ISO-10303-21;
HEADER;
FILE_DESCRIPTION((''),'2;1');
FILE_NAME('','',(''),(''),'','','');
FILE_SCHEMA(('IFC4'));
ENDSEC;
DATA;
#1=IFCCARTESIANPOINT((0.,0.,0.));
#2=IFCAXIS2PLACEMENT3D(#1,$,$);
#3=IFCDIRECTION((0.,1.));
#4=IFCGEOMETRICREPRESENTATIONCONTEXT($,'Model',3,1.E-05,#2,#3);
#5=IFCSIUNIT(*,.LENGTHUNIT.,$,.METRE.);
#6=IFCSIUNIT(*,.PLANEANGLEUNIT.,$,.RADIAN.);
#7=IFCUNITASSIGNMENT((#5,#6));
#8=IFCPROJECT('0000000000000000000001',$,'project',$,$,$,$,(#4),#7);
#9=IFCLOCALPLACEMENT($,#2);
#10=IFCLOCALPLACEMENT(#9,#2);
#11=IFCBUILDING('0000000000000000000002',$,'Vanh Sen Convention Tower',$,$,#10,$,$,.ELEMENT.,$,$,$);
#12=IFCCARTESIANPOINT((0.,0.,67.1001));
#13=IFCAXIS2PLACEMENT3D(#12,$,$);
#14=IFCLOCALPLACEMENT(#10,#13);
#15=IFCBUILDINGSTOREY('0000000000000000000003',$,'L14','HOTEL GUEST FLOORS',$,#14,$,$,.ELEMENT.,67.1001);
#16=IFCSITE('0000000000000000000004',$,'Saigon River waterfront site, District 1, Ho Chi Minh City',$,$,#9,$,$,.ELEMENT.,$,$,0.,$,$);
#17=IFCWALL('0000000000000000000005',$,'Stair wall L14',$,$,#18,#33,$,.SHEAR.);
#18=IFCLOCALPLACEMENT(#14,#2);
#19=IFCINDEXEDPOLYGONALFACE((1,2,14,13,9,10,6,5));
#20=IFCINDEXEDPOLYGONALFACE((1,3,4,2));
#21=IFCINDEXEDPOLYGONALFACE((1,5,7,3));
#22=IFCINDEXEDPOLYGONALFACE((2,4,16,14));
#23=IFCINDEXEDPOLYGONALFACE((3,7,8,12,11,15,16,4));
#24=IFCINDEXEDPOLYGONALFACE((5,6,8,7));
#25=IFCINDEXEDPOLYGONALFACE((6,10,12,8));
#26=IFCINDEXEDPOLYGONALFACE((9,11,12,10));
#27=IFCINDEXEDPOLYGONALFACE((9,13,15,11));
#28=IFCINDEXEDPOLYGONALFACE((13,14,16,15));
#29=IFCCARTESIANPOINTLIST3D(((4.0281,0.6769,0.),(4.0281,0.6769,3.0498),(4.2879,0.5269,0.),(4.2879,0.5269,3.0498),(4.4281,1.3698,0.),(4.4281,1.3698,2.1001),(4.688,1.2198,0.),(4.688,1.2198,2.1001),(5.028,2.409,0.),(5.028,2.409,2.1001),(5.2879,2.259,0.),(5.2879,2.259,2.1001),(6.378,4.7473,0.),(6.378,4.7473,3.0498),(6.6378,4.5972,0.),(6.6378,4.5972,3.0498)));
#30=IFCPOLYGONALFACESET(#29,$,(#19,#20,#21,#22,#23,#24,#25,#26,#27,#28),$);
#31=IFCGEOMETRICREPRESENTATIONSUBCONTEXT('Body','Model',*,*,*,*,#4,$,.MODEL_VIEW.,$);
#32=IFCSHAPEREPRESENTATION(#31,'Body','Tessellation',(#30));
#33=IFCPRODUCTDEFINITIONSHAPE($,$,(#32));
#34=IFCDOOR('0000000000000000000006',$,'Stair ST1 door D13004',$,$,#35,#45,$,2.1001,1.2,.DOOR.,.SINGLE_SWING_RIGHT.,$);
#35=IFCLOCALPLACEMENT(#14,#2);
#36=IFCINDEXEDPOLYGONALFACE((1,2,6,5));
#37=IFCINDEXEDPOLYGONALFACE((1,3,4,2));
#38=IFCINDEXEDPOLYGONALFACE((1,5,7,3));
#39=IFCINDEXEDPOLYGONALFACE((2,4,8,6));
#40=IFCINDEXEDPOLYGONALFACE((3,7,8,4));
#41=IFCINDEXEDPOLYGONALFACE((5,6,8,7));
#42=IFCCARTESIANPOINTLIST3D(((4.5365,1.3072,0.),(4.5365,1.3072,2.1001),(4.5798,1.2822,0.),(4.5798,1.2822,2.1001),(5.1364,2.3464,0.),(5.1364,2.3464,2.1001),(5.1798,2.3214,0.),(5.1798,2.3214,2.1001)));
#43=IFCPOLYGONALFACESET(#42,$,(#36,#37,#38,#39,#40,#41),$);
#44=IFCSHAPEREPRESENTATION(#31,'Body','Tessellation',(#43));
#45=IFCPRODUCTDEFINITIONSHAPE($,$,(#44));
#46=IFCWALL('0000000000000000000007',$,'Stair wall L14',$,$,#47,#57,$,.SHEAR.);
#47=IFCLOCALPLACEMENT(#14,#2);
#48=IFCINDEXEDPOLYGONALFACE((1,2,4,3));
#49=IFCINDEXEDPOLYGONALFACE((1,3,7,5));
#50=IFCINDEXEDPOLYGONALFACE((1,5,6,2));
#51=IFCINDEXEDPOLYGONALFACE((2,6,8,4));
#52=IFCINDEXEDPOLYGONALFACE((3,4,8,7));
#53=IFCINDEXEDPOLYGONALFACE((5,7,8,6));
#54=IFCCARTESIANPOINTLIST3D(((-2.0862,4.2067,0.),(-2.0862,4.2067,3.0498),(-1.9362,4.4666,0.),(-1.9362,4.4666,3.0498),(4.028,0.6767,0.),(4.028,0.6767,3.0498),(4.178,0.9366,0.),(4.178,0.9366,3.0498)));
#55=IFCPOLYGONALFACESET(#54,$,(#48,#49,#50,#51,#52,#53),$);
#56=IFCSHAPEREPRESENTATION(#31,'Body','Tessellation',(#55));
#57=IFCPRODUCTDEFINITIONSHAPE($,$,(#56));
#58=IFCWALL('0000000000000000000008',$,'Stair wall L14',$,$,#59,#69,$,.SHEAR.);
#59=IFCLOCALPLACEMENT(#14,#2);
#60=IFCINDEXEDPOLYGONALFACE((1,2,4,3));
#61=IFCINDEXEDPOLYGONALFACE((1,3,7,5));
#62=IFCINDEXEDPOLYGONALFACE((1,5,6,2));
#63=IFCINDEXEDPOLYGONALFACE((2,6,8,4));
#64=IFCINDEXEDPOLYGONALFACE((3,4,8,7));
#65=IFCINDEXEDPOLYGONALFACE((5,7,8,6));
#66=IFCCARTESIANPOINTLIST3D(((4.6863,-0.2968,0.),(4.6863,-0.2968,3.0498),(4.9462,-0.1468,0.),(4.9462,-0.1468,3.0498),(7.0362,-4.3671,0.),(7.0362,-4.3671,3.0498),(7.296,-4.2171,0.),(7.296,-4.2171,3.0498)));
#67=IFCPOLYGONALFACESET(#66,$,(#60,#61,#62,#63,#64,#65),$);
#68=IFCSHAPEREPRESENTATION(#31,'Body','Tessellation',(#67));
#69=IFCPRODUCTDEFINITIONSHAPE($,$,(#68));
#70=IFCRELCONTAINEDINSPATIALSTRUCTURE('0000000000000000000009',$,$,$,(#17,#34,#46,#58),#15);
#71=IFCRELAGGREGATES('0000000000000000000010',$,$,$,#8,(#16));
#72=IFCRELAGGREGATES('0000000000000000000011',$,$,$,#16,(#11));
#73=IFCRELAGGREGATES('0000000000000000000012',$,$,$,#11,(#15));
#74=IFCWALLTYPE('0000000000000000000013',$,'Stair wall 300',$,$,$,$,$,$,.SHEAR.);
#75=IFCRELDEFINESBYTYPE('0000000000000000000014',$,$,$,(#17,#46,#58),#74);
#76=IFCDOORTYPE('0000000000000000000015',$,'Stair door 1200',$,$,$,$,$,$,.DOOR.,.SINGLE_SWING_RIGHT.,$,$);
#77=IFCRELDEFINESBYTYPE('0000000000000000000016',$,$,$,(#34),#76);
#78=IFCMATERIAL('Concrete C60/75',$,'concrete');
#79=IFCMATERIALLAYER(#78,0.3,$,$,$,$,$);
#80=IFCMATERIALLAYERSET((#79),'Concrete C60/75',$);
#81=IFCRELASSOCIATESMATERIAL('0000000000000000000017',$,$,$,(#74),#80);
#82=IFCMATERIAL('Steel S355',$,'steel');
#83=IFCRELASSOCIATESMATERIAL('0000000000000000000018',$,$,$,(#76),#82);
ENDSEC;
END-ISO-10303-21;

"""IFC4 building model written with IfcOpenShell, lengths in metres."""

from ifc_helpers import new_model, si_unit, direction, frame, frame_2d, origin, place, context, subcontext, project, spatial, rectangle, extrude, material, layer, layer_set, type_object, element, fill, save


model = new_model("IFC4")

# Units and contexts
model_context = context("Model", 3, precision=1e-05, world=origin(), true_north=direction((0.0, 1.0)))
body_context = subcontext(model_context, "Body", "Model", "MODEL_VIEW")
ifc_project = project(units=[si_unit("LENGTHUNIT", "METRE"), si_unit("PLANEANGLEUNIT", "RADIAN")], contexts=[model_context])

# Site, building, storey
site_placement = place(None, origin())
site = spatial("IfcSite", under=ifc_project, at=site_placement, Name="Saigon River waterfront site, District 1, Ho Chi Minh City", CompositionType="ELEMENT", RefElevation=0.0)
building_placement = place(site_placement, origin())
building = spatial("IfcBuilding", under=site, at=building_placement, Name="Vanh Sen Convention Tower", CompositionType="ELEMENT")
storey_placement = place(building_placement, frame((0.0, 0.0, 67.1001)))
storey = spatial("IfcBuildingStorey", under=building, at=storey_placement, Name="L14", Description="HOTEL GUEST FLOORS", CompositionType="ELEMENT", Elevation=67.1001)

# Shared definitions
ifc_material_1 = material(Name="Steel S355", Category="steel")

# Wall, opening, door
ifc_material_2 = material(Name="Concrete C60/75", Category="concrete")
ifc_layer_1 = layer(ifc_material_2, 0.3)
ifc_layer_set_1 = layer_set([ifc_layer_1], Name="Concrete C60/75")
wall_type_1 = type_object("IfcWallType", Name="Stair wall 300", PredefinedType="SHEAR", material=ifc_layer_set_1)
wall_1_placement = place(storey_placement, frame((4.158, 0.6018, 0.0), z_axis=(0.0, 0.0, 1.0), x_axis=(0.499977, 0.866039, 0.0)))
wall_1 = element("IfcWall", 1, at=wall_1_placement, inside=storey, type_object=wall_type_1, Name="Stair wall L14", PredefinedType="SHEAR", context=body_context, shape_type="SweptSolid", body=[
    extrude(rectangle(XDim=4.7, YDim=0.3, at=frame_2d((2.3501, 0.0))), origin(), (0.0, 0.0, 1.0), 3.0498),
])
opening_1_placement = place(wall_1_placement, frame((0.8, 0.0, 0.0)))
opening_1 = element("IfcOpeningElement", 2, at=opening_1_placement, cuts=wall_1, PredefinedType="OPENING", context=body_context, shape_type="SweptSolid", body=[
    extrude(rectangle(XDim=1.2, YDim=2.1001, at=frame_2d((0.6001, 1.05))), frame((0.0, 0.1599, 0.0), z_axis=(0.0, -1.0, 0.0), x_axis=(1.0, 0.0, 0.0)), (0.0, 0.0, 1.0), 0.3201),
])
door_type_1 = type_object("IfcDoorType", Name="Stair door 1200", OperationType="SINGLE_SWING_RIGHT", PredefinedType="DOOR", material=ifc_material_1)
door_1_placement = place(opening_1_placement, origin())
door_1 = element("IfcDoor", 3, at=door_1_placement, inside=storey, type_object=door_type_1, Name="Stair ST1 door D13004", OperationType="SINGLE_SWING_RIGHT", OverallHeight=2.1001, OverallWidth=1.2, PredefinedType="DOOR", context=body_context, shape_type="SweptSolid", body=[
    extrude(rectangle(XDim=1.2, YDim=2.1001, at=frame_2d((0.6001, 1.05))), frame((0.0, 0.0249, 0.0), z_axis=(0.0, -1.0, 0.0), x_axis=(1.0, 0.0, 0.0)), (0.0, 0.0, 1.0), 0.05),
])
fill(opening_1, door_1)

# Walls
wall_2_placement = place(storey_placement, frame((4.103, 0.8066, 0.0), z_axis=(0.0, 0.0, 1.0), x_axis=(-0.866028, 0.499996, 0.0)))
element("IfcWall", 4, at=wall_2_placement, inside=storey, type_object=wall_type_1, Name="Stair wall L14", PredefinedType="SHEAR", context=body_context, shape_type="SweptSolid", body=[
    extrude(rectangle(XDim=7.0601, YDim=0.3, at=frame_2d((3.53, 0.0))), origin(), (0.0, 0.0, 1.0), 3.0498),
])
wall_3_placement = place(storey_placement, frame((4.8162, -0.2217, 0.0), z_axis=(0.0, 0.0, 1.0), x_axis=(0.499977, -0.866039, 0.0)))
element("IfcWall", 5, at=wall_3_placement, inside=storey, type_object=wall_type_1, Name="Stair wall L14", PredefinedType="SHEAR", context=body_context, shape_type="SweptSolid", body=[
    extrude(rectangle(XDim=4.7, YDim=0.3, at=frame_2d((2.3501, 0.0))), origin(), (0.0, 0.0, 1.0), 3.0498),
])

save(model, "model.ifc")
